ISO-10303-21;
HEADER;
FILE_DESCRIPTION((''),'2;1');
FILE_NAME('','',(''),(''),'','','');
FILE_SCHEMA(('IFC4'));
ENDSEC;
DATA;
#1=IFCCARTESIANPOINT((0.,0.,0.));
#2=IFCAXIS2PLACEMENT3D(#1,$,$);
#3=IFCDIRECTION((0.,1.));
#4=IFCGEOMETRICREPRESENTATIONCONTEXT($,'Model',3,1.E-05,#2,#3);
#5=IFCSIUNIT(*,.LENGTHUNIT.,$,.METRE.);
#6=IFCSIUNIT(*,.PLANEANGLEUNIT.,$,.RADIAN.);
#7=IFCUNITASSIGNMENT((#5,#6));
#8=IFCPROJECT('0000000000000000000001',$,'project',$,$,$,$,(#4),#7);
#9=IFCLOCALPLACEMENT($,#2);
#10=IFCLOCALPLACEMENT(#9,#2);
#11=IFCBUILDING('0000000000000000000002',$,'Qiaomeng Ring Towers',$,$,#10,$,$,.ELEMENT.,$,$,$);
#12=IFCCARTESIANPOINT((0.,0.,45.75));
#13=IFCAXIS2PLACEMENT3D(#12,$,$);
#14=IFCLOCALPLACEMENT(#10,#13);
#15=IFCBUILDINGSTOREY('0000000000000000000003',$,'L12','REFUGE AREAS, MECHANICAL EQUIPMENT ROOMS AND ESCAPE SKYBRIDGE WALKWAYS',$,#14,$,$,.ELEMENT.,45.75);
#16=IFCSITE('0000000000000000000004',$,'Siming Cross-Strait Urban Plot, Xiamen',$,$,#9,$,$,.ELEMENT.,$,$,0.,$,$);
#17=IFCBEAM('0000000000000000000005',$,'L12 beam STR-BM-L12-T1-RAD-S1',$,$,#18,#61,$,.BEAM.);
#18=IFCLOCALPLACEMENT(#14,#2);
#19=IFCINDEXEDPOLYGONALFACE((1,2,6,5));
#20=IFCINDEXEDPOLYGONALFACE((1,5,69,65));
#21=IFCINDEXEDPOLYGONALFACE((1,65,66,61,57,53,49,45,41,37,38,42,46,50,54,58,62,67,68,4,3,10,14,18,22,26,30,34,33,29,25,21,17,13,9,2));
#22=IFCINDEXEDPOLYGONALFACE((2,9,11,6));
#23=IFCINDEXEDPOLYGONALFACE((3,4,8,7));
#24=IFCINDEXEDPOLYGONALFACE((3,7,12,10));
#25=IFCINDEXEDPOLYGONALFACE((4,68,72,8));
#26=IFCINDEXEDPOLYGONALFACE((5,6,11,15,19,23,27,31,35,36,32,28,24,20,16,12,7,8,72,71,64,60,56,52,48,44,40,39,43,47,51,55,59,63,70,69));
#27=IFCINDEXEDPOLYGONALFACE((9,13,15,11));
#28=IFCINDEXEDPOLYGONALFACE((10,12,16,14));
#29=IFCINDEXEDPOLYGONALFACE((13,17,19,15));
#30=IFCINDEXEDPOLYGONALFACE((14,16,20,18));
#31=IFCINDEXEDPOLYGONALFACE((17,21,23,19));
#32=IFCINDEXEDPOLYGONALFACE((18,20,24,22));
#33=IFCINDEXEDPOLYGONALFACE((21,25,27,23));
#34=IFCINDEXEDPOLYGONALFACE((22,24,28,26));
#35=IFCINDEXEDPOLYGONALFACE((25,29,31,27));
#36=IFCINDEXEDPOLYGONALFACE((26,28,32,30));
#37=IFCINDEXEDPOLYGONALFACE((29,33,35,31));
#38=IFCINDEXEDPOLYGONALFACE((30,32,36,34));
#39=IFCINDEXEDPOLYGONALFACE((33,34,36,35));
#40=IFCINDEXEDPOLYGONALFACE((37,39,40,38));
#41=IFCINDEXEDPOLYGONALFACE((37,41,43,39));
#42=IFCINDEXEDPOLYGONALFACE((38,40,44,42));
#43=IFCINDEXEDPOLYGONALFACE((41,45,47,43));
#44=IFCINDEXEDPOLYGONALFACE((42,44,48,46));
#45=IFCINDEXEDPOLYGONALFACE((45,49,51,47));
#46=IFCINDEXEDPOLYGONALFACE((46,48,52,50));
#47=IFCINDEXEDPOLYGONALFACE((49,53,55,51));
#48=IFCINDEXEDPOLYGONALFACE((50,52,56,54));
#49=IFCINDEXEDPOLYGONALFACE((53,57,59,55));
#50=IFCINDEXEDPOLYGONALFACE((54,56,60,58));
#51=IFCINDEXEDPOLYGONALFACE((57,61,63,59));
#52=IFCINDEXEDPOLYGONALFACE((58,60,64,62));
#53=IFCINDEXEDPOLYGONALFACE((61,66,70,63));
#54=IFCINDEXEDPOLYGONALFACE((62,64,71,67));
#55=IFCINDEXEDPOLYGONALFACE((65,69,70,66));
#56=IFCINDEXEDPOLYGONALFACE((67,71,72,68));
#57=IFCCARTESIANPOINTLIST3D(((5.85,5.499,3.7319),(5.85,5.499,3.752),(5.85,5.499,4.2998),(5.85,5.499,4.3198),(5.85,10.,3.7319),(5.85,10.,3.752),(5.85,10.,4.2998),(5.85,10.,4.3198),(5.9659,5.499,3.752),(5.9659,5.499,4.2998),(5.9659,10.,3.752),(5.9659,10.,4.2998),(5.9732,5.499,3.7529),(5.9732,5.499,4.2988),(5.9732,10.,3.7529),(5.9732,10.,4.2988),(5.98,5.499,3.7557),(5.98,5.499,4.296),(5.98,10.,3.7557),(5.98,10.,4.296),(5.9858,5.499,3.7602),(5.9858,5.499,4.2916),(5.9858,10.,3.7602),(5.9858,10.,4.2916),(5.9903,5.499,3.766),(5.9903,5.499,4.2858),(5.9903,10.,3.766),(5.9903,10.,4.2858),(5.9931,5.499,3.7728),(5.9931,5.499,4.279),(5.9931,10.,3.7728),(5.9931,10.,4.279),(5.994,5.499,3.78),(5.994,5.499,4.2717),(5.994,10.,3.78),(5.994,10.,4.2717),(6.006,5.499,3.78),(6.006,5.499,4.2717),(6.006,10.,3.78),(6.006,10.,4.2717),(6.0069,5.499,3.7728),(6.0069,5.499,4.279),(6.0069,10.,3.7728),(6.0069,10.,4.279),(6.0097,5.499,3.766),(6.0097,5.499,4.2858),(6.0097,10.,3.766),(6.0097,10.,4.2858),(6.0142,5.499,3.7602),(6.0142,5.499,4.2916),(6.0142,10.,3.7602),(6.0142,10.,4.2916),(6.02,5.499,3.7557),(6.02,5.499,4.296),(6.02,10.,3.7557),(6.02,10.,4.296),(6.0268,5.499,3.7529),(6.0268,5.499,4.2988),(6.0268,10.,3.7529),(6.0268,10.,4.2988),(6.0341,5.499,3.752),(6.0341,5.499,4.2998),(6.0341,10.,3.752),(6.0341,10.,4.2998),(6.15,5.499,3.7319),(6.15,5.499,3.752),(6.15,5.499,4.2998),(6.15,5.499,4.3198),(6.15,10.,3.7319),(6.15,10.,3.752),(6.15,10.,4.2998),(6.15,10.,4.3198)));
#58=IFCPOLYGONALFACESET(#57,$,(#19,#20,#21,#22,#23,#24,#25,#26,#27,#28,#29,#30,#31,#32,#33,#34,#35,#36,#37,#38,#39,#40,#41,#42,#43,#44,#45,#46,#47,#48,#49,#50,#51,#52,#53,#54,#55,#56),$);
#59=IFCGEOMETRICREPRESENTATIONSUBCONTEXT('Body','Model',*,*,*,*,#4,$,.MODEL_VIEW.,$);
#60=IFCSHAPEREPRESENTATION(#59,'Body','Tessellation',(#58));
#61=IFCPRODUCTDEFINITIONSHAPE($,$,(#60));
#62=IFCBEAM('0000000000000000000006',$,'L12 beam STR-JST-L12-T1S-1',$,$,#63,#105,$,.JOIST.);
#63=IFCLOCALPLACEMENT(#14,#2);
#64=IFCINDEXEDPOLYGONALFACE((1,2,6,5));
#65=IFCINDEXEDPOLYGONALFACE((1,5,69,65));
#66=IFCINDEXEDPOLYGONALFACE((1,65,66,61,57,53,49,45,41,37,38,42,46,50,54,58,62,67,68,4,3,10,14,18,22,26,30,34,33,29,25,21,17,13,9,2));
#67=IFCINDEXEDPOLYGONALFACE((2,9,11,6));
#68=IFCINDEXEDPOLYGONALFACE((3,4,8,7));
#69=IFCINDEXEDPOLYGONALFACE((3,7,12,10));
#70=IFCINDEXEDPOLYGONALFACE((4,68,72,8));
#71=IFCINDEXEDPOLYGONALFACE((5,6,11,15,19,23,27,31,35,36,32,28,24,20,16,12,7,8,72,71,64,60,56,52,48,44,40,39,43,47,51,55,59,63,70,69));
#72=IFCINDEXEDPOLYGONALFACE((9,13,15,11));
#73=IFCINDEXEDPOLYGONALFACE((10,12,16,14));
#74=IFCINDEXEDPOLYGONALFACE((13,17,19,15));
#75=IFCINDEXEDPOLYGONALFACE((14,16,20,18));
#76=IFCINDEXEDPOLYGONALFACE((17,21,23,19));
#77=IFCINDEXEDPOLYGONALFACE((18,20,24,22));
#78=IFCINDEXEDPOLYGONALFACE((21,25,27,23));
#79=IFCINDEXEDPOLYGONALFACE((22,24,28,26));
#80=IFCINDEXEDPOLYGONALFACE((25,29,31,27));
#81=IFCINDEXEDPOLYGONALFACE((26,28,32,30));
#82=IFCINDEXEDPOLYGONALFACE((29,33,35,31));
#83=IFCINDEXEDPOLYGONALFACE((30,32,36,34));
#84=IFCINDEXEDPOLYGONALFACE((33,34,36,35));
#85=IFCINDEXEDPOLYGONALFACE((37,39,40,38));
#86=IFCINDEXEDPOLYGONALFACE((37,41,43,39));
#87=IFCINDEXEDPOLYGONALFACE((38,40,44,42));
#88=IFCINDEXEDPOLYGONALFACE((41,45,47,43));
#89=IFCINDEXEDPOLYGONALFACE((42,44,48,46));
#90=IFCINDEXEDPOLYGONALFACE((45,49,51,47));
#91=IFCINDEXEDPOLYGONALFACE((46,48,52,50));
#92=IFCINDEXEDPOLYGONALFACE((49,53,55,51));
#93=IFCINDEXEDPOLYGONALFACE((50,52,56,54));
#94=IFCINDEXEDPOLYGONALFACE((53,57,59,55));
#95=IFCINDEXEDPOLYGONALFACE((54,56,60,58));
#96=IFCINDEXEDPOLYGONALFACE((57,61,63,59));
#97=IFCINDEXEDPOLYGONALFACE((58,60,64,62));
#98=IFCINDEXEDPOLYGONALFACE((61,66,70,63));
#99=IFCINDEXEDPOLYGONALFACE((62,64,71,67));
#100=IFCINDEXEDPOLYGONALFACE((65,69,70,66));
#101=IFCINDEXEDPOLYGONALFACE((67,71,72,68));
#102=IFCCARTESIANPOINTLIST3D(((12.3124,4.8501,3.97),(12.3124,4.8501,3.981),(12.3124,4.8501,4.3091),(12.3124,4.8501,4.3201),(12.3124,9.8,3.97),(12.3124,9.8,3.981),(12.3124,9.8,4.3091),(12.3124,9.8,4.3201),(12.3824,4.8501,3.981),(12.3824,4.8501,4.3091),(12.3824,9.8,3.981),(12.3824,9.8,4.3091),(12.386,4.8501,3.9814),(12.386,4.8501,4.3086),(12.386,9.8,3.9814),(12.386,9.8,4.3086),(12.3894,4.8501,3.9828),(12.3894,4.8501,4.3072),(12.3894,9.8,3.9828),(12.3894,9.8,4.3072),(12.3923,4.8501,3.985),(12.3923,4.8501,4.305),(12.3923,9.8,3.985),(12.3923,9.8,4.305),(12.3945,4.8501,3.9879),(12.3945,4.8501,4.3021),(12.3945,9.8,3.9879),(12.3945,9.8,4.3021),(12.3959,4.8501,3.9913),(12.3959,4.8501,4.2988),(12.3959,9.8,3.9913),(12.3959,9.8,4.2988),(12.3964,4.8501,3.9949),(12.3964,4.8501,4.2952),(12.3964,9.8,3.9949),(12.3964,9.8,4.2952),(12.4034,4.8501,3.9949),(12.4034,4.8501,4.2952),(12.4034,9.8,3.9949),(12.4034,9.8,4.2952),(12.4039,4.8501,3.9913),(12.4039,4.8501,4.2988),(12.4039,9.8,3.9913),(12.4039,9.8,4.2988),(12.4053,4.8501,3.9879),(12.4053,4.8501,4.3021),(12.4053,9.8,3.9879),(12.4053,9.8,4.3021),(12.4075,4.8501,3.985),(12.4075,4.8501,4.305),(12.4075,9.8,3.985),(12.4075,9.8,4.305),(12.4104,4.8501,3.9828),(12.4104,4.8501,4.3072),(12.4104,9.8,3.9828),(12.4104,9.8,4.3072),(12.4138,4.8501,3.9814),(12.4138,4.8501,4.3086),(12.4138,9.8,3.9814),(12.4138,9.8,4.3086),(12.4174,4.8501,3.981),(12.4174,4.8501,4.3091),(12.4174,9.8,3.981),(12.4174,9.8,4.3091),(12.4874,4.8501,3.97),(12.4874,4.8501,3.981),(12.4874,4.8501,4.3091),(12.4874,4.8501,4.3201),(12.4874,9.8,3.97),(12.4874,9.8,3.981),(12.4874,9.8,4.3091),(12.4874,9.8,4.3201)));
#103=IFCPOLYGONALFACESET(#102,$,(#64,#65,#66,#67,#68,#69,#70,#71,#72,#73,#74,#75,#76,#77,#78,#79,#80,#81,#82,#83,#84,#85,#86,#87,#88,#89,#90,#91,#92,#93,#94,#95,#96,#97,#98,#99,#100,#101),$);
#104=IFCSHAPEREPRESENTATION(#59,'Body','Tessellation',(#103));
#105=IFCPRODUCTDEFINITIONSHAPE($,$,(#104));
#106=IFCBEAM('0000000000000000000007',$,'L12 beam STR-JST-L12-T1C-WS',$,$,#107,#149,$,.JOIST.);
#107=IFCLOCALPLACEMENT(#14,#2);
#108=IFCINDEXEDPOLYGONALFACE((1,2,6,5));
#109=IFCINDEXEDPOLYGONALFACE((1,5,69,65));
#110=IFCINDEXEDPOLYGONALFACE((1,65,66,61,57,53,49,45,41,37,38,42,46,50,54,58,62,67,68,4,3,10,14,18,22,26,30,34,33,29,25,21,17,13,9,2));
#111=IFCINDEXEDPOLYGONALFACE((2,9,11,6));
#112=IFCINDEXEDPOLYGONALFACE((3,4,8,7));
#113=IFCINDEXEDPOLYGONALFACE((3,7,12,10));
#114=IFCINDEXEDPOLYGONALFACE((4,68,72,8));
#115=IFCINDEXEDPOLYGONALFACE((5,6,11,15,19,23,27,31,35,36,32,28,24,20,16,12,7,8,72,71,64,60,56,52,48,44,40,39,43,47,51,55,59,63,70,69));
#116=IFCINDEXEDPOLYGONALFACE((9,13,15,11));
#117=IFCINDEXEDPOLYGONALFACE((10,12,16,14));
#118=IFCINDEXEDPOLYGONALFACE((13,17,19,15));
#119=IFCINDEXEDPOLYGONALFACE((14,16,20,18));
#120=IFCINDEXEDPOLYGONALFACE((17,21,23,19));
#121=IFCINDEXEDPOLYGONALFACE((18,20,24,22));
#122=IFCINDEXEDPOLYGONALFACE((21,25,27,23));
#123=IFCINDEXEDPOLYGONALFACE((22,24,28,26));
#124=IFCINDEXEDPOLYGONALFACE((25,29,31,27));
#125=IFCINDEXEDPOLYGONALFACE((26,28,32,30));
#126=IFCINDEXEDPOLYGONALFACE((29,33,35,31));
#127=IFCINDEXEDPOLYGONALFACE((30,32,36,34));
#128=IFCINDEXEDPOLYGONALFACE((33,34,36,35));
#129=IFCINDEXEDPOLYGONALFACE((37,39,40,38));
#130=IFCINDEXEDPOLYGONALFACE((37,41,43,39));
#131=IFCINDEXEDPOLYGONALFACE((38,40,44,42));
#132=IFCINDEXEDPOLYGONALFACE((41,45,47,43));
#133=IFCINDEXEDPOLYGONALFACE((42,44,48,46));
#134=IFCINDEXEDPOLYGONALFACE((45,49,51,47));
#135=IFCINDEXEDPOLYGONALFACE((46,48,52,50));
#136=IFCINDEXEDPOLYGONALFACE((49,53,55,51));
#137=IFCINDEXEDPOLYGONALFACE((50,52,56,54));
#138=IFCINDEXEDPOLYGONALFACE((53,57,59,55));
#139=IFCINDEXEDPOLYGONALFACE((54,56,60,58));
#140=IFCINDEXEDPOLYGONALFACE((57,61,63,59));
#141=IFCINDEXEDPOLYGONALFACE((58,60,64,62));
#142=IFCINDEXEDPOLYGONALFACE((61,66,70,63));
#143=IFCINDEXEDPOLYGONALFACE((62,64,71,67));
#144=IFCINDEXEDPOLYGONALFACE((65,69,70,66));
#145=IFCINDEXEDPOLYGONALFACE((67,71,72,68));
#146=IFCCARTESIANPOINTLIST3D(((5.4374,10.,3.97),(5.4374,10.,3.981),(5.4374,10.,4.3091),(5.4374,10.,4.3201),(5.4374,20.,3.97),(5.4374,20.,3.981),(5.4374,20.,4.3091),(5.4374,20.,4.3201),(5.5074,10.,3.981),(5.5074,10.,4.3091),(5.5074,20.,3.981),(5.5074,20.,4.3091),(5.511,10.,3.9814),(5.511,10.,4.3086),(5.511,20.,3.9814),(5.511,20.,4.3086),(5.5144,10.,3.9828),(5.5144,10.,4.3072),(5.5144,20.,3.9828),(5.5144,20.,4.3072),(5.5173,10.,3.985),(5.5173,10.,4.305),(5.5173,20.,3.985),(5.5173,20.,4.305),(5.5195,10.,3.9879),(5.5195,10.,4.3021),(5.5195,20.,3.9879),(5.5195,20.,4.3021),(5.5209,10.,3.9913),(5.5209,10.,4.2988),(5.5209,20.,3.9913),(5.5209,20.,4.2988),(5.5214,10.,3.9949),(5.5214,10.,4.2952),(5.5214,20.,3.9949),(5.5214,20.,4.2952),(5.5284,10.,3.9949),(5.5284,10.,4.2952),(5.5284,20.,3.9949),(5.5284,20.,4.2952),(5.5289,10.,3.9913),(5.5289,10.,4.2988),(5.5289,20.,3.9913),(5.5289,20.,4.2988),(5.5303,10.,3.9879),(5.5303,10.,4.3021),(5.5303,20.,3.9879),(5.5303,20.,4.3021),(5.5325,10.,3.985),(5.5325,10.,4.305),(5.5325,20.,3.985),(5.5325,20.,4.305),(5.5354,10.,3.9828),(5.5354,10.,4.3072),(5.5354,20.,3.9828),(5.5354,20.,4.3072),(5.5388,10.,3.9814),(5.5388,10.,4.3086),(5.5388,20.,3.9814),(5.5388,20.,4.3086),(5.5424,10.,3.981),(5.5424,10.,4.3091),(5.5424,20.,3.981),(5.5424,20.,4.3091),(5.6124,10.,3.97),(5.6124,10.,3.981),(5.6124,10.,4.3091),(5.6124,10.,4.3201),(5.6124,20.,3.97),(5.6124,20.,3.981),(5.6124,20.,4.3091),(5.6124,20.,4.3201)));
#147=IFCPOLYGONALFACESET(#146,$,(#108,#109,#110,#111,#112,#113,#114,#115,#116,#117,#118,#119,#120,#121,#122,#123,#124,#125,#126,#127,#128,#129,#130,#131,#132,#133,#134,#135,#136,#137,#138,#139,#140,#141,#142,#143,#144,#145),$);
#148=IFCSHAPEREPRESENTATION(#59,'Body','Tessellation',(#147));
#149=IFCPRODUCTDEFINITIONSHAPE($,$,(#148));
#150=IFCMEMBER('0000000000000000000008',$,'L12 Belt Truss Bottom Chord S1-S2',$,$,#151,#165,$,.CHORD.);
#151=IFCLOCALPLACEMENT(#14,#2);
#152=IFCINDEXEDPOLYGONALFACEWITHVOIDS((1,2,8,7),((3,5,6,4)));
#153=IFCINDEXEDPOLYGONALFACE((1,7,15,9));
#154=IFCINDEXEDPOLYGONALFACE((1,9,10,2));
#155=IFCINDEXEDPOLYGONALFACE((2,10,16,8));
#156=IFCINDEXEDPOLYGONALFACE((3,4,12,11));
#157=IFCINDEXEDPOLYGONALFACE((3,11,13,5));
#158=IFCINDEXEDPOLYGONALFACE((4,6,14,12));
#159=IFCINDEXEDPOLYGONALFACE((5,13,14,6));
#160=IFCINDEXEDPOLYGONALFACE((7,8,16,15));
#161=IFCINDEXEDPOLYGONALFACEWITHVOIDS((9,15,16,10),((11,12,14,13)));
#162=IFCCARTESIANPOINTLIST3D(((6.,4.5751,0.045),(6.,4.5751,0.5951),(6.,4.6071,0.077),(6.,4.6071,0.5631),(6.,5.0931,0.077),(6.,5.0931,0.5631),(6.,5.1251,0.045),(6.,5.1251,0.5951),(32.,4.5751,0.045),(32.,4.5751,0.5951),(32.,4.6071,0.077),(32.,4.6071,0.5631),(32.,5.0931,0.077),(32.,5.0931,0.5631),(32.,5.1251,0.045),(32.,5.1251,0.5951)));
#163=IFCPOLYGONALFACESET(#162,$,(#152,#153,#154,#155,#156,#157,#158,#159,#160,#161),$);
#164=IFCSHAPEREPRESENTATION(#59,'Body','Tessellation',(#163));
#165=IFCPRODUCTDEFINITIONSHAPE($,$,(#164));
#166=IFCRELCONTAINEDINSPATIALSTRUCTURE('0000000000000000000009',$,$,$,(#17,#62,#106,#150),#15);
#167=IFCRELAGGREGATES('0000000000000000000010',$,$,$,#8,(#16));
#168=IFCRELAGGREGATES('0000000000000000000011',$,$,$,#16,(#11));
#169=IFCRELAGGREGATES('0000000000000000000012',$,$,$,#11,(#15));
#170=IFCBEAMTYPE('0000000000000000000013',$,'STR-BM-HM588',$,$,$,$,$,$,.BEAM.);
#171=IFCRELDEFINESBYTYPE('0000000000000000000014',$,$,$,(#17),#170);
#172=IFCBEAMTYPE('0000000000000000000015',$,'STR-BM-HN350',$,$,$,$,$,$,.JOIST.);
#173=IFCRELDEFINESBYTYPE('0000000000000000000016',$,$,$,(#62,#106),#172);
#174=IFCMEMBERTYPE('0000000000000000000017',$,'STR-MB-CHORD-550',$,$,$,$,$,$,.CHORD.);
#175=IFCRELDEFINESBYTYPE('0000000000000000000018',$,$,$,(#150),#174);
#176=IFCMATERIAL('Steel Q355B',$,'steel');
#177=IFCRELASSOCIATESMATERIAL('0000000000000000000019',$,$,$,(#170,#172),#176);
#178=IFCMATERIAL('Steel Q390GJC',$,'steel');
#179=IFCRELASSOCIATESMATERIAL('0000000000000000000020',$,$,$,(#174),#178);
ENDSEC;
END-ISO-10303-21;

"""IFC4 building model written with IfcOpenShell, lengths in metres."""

from ifc_helpers import new_model, si_unit, direction, frame, origin, origin_2d, place, context, subcontext, project, spatial, hollow_rectangle, i_section, extrude, source, transform, mapped, material, material_profile, profile_set, type_object, element, save


model = new_model("IFC4")

# Units and contexts
model_context = context("Model", 3, precision=1e-05, world=origin(), true_north=direction((0.0, 1.0)))
body_context = subcontext(model_context, "Body", "Model", "MODEL_VIEW")
ifc_project = project(units=[si_unit("LENGTHUNIT", "METRE"), si_unit("PLANEANGLEUNIT", "RADIAN")], contexts=[model_context])

# Site, building, storey
site_placement = place(None, origin())
site = spatial("IfcSite", under=ifc_project, at=site_placement, Name="Siming Cross-Strait Urban Plot, Xiamen", CompositionType="ELEMENT", RefElevation=0.0)
building_placement = place(site_placement, origin())
building = spatial("IfcBuilding", under=site, at=building_placement, Name="Qiaomeng Ring Towers", CompositionType="ELEMENT")
storey_placement = place(building_placement, frame((0.0, 0.0, 45.75)))
storey = spatial("IfcBuildingStorey", under=building, at=storey_placement, Name="L12", Description="REFUGE AREAS, MECHANICAL EQUIPMENT ROOMS AND ESCAPE SKYBRIDGE WALKWAYS", CompositionType="ELEMENT", Elevation=45.75)

# Beams
ifc_material_1 = material(Name="Steel Q355B", Category="steel")
ifc_material_2 = material(Name="Steel Q390GJC", Category="steel")
ifc_material_profile_1 = material_profile(ifc_material_1, i_section(OverallWidth=0.3, OverallDepth=0.5879, WebThickness=0.012, FlangeThickness=0.02, FilletRadius=0.0281, at=origin_2d()), Name="HM 588x300x12x20")
ifc_profile_set_1 = profile_set([ifc_material_profile_1], Name="Steel Q355B")
beam_type_1 = type_object("IfcBeamType", Name="STR-BM-HM588", PredefinedType="BEAM", material=ifc_profile_set_1)
shared_shape_1 = source(origin(), body_context, "Body", "SweptSolid", [
    extrude(i_section(OverallWidth=0.3, OverallDepth=0.5879, WebThickness=0.012, FlangeThickness=0.02, FilletRadius=0.0281, at=origin_2d()), origin(), (0.0, 0.0, 1.0), 4.501),
])
beam_1_placement = place(storey_placement, frame((6.0, 5.499, 4.0259), z_axis=(0.0, 1.0, 0.0), x_axis=(-1.0, 0.0, 0.0)))
element("IfcBeam", 1, at=beam_1_placement, inside=storey, type_object=beam_type_1, Name="L12 beam STR-BM-L12-T1-RAD-S1", PredefinedType="BEAM", context=body_context, shape_type="MappedRepresentation", body=[
    mapped(shared_shape_1, transform((0.0, 0.0, 0.0), x_axis=(1.0, 0.0, 0.0), y_axis=(0.0, 1.0, 0.0), z_axis=(0.0, 0.0, 1.0), scale=1.0)),
])
ifc_material_profile_2 = material_profile(ifc_material_1, i_section(OverallWidth=0.175, OverallDepth=0.3501, WebThickness=0.0071, FlangeThickness=0.011, FilletRadius=0.0139, at=origin_2d()), Name="HN 350x175x7x11")
ifc_profile_set_2 = profile_set([ifc_material_profile_2], Name="Steel Q355B")
beam_type_2 = type_object("IfcBeamType", Name="STR-BM-HN350", PredefinedType="JOIST", material=ifc_profile_set_2)
shared_shape_2 = source(origin(), body_context, "Body", "SweptSolid", [
    extrude(i_section(OverallWidth=0.175, OverallDepth=0.3501, WebThickness=0.0071, FlangeThickness=0.011, FilletRadius=0.0139, at=origin_2d()), origin(), (0.0, 0.0, 1.0), 4.95),
])
beam_2_placement = place(storey_placement, frame((12.3999, 4.8501, 4.145), z_axis=(0.0, 1.0, 0.0), x_axis=(-1.0, 0.0, 0.0)))
element("IfcBeam", 2, at=beam_2_placement, inside=storey, type_object=beam_type_2, Name="L12 beam STR-JST-L12-T1S-1", PredefinedType="JOIST", context=body_context, shape_type="MappedRepresentation", body=[
    mapped(shared_shape_2, transform((0.0, 0.0, 0.0), x_axis=(1.0, 0.0, 0.0), y_axis=(0.0, 1.0, 0.0), z_axis=(0.0, 0.0, 1.0), scale=1.0)),
])
shared_shape_3 = source(origin(), body_context, "Body", "SweptSolid", [
    extrude(i_section(OverallWidth=0.175, OverallDepth=0.3501, WebThickness=0.0071, FlangeThickness=0.011, FilletRadius=0.0139, at=origin_2d()), origin(), (0.0, 0.0, 1.0), 10.0),
])
beam_3_placement = place(storey_placement, frame((5.5249, 10.0, 4.145), z_axis=(0.0, 1.0, 0.0), x_axis=(-1.0, 0.0, 0.0)))
element("IfcBeam", 3, at=beam_3_placement, inside=storey, type_object=beam_type_2, Name="L12 beam STR-JST-L12-T1C-WS", PredefinedType="JOIST", context=body_context, shape_type="MappedRepresentation", body=[
    mapped(shared_shape_3, transform((0.0, 0.0, 0.0), x_axis=(1.0, 0.0, 0.0), y_axis=(0.0, 1.0, 0.0), z_axis=(0.0, 0.0, 1.0), scale=1.0)),
])

# Member
ifc_material_profile_3 = material_profile(ifc_material_2, hollow_rectangle(XDim=0.55, YDim=0.55, WallThickness=0.032, at=origin_2d()), Name="SHS 550x550x32")
ifc_profile_set_3 = profile_set([ifc_material_profile_3], Name="Steel Q390GJC")
member_type_1 = type_object("IfcMemberType", Name="STR-MB-CHORD-550", PredefinedType="CHORD", material=ifc_profile_set_3)
shared_shape_4 = source(origin(), body_context, "Body", "SweptSolid", [
    extrude(hollow_rectangle(XDim=0.55, YDim=0.55, WallThickness=0.032, at=origin_2d()), origin(), (0.0, 0.0, 1.0), 26.0),
])
member_1_placement = place(storey_placement, frame((6.0, 4.8501, 0.3201), z_axis=(1.0, 0.0, 0.0), x_axis=(0.0, 1.0, 0.0)))
element("IfcMember", 4, at=member_1_placement, inside=storey, type_object=member_type_1, Name="L12 Belt Truss Bottom Chord S1-S2", PredefinedType="CHORD", context=body_context, shape_type="MappedRepresentation", body=[
    mapped(shared_shape_4, transform((0.0, 0.0, 0.0), x_axis=(1.0, 0.0, 0.0), y_axis=(0.0, 1.0, 0.0), z_axis=(0.0, 0.0, 1.0), scale=1.0)),
])

save(model, "model.ifc")
